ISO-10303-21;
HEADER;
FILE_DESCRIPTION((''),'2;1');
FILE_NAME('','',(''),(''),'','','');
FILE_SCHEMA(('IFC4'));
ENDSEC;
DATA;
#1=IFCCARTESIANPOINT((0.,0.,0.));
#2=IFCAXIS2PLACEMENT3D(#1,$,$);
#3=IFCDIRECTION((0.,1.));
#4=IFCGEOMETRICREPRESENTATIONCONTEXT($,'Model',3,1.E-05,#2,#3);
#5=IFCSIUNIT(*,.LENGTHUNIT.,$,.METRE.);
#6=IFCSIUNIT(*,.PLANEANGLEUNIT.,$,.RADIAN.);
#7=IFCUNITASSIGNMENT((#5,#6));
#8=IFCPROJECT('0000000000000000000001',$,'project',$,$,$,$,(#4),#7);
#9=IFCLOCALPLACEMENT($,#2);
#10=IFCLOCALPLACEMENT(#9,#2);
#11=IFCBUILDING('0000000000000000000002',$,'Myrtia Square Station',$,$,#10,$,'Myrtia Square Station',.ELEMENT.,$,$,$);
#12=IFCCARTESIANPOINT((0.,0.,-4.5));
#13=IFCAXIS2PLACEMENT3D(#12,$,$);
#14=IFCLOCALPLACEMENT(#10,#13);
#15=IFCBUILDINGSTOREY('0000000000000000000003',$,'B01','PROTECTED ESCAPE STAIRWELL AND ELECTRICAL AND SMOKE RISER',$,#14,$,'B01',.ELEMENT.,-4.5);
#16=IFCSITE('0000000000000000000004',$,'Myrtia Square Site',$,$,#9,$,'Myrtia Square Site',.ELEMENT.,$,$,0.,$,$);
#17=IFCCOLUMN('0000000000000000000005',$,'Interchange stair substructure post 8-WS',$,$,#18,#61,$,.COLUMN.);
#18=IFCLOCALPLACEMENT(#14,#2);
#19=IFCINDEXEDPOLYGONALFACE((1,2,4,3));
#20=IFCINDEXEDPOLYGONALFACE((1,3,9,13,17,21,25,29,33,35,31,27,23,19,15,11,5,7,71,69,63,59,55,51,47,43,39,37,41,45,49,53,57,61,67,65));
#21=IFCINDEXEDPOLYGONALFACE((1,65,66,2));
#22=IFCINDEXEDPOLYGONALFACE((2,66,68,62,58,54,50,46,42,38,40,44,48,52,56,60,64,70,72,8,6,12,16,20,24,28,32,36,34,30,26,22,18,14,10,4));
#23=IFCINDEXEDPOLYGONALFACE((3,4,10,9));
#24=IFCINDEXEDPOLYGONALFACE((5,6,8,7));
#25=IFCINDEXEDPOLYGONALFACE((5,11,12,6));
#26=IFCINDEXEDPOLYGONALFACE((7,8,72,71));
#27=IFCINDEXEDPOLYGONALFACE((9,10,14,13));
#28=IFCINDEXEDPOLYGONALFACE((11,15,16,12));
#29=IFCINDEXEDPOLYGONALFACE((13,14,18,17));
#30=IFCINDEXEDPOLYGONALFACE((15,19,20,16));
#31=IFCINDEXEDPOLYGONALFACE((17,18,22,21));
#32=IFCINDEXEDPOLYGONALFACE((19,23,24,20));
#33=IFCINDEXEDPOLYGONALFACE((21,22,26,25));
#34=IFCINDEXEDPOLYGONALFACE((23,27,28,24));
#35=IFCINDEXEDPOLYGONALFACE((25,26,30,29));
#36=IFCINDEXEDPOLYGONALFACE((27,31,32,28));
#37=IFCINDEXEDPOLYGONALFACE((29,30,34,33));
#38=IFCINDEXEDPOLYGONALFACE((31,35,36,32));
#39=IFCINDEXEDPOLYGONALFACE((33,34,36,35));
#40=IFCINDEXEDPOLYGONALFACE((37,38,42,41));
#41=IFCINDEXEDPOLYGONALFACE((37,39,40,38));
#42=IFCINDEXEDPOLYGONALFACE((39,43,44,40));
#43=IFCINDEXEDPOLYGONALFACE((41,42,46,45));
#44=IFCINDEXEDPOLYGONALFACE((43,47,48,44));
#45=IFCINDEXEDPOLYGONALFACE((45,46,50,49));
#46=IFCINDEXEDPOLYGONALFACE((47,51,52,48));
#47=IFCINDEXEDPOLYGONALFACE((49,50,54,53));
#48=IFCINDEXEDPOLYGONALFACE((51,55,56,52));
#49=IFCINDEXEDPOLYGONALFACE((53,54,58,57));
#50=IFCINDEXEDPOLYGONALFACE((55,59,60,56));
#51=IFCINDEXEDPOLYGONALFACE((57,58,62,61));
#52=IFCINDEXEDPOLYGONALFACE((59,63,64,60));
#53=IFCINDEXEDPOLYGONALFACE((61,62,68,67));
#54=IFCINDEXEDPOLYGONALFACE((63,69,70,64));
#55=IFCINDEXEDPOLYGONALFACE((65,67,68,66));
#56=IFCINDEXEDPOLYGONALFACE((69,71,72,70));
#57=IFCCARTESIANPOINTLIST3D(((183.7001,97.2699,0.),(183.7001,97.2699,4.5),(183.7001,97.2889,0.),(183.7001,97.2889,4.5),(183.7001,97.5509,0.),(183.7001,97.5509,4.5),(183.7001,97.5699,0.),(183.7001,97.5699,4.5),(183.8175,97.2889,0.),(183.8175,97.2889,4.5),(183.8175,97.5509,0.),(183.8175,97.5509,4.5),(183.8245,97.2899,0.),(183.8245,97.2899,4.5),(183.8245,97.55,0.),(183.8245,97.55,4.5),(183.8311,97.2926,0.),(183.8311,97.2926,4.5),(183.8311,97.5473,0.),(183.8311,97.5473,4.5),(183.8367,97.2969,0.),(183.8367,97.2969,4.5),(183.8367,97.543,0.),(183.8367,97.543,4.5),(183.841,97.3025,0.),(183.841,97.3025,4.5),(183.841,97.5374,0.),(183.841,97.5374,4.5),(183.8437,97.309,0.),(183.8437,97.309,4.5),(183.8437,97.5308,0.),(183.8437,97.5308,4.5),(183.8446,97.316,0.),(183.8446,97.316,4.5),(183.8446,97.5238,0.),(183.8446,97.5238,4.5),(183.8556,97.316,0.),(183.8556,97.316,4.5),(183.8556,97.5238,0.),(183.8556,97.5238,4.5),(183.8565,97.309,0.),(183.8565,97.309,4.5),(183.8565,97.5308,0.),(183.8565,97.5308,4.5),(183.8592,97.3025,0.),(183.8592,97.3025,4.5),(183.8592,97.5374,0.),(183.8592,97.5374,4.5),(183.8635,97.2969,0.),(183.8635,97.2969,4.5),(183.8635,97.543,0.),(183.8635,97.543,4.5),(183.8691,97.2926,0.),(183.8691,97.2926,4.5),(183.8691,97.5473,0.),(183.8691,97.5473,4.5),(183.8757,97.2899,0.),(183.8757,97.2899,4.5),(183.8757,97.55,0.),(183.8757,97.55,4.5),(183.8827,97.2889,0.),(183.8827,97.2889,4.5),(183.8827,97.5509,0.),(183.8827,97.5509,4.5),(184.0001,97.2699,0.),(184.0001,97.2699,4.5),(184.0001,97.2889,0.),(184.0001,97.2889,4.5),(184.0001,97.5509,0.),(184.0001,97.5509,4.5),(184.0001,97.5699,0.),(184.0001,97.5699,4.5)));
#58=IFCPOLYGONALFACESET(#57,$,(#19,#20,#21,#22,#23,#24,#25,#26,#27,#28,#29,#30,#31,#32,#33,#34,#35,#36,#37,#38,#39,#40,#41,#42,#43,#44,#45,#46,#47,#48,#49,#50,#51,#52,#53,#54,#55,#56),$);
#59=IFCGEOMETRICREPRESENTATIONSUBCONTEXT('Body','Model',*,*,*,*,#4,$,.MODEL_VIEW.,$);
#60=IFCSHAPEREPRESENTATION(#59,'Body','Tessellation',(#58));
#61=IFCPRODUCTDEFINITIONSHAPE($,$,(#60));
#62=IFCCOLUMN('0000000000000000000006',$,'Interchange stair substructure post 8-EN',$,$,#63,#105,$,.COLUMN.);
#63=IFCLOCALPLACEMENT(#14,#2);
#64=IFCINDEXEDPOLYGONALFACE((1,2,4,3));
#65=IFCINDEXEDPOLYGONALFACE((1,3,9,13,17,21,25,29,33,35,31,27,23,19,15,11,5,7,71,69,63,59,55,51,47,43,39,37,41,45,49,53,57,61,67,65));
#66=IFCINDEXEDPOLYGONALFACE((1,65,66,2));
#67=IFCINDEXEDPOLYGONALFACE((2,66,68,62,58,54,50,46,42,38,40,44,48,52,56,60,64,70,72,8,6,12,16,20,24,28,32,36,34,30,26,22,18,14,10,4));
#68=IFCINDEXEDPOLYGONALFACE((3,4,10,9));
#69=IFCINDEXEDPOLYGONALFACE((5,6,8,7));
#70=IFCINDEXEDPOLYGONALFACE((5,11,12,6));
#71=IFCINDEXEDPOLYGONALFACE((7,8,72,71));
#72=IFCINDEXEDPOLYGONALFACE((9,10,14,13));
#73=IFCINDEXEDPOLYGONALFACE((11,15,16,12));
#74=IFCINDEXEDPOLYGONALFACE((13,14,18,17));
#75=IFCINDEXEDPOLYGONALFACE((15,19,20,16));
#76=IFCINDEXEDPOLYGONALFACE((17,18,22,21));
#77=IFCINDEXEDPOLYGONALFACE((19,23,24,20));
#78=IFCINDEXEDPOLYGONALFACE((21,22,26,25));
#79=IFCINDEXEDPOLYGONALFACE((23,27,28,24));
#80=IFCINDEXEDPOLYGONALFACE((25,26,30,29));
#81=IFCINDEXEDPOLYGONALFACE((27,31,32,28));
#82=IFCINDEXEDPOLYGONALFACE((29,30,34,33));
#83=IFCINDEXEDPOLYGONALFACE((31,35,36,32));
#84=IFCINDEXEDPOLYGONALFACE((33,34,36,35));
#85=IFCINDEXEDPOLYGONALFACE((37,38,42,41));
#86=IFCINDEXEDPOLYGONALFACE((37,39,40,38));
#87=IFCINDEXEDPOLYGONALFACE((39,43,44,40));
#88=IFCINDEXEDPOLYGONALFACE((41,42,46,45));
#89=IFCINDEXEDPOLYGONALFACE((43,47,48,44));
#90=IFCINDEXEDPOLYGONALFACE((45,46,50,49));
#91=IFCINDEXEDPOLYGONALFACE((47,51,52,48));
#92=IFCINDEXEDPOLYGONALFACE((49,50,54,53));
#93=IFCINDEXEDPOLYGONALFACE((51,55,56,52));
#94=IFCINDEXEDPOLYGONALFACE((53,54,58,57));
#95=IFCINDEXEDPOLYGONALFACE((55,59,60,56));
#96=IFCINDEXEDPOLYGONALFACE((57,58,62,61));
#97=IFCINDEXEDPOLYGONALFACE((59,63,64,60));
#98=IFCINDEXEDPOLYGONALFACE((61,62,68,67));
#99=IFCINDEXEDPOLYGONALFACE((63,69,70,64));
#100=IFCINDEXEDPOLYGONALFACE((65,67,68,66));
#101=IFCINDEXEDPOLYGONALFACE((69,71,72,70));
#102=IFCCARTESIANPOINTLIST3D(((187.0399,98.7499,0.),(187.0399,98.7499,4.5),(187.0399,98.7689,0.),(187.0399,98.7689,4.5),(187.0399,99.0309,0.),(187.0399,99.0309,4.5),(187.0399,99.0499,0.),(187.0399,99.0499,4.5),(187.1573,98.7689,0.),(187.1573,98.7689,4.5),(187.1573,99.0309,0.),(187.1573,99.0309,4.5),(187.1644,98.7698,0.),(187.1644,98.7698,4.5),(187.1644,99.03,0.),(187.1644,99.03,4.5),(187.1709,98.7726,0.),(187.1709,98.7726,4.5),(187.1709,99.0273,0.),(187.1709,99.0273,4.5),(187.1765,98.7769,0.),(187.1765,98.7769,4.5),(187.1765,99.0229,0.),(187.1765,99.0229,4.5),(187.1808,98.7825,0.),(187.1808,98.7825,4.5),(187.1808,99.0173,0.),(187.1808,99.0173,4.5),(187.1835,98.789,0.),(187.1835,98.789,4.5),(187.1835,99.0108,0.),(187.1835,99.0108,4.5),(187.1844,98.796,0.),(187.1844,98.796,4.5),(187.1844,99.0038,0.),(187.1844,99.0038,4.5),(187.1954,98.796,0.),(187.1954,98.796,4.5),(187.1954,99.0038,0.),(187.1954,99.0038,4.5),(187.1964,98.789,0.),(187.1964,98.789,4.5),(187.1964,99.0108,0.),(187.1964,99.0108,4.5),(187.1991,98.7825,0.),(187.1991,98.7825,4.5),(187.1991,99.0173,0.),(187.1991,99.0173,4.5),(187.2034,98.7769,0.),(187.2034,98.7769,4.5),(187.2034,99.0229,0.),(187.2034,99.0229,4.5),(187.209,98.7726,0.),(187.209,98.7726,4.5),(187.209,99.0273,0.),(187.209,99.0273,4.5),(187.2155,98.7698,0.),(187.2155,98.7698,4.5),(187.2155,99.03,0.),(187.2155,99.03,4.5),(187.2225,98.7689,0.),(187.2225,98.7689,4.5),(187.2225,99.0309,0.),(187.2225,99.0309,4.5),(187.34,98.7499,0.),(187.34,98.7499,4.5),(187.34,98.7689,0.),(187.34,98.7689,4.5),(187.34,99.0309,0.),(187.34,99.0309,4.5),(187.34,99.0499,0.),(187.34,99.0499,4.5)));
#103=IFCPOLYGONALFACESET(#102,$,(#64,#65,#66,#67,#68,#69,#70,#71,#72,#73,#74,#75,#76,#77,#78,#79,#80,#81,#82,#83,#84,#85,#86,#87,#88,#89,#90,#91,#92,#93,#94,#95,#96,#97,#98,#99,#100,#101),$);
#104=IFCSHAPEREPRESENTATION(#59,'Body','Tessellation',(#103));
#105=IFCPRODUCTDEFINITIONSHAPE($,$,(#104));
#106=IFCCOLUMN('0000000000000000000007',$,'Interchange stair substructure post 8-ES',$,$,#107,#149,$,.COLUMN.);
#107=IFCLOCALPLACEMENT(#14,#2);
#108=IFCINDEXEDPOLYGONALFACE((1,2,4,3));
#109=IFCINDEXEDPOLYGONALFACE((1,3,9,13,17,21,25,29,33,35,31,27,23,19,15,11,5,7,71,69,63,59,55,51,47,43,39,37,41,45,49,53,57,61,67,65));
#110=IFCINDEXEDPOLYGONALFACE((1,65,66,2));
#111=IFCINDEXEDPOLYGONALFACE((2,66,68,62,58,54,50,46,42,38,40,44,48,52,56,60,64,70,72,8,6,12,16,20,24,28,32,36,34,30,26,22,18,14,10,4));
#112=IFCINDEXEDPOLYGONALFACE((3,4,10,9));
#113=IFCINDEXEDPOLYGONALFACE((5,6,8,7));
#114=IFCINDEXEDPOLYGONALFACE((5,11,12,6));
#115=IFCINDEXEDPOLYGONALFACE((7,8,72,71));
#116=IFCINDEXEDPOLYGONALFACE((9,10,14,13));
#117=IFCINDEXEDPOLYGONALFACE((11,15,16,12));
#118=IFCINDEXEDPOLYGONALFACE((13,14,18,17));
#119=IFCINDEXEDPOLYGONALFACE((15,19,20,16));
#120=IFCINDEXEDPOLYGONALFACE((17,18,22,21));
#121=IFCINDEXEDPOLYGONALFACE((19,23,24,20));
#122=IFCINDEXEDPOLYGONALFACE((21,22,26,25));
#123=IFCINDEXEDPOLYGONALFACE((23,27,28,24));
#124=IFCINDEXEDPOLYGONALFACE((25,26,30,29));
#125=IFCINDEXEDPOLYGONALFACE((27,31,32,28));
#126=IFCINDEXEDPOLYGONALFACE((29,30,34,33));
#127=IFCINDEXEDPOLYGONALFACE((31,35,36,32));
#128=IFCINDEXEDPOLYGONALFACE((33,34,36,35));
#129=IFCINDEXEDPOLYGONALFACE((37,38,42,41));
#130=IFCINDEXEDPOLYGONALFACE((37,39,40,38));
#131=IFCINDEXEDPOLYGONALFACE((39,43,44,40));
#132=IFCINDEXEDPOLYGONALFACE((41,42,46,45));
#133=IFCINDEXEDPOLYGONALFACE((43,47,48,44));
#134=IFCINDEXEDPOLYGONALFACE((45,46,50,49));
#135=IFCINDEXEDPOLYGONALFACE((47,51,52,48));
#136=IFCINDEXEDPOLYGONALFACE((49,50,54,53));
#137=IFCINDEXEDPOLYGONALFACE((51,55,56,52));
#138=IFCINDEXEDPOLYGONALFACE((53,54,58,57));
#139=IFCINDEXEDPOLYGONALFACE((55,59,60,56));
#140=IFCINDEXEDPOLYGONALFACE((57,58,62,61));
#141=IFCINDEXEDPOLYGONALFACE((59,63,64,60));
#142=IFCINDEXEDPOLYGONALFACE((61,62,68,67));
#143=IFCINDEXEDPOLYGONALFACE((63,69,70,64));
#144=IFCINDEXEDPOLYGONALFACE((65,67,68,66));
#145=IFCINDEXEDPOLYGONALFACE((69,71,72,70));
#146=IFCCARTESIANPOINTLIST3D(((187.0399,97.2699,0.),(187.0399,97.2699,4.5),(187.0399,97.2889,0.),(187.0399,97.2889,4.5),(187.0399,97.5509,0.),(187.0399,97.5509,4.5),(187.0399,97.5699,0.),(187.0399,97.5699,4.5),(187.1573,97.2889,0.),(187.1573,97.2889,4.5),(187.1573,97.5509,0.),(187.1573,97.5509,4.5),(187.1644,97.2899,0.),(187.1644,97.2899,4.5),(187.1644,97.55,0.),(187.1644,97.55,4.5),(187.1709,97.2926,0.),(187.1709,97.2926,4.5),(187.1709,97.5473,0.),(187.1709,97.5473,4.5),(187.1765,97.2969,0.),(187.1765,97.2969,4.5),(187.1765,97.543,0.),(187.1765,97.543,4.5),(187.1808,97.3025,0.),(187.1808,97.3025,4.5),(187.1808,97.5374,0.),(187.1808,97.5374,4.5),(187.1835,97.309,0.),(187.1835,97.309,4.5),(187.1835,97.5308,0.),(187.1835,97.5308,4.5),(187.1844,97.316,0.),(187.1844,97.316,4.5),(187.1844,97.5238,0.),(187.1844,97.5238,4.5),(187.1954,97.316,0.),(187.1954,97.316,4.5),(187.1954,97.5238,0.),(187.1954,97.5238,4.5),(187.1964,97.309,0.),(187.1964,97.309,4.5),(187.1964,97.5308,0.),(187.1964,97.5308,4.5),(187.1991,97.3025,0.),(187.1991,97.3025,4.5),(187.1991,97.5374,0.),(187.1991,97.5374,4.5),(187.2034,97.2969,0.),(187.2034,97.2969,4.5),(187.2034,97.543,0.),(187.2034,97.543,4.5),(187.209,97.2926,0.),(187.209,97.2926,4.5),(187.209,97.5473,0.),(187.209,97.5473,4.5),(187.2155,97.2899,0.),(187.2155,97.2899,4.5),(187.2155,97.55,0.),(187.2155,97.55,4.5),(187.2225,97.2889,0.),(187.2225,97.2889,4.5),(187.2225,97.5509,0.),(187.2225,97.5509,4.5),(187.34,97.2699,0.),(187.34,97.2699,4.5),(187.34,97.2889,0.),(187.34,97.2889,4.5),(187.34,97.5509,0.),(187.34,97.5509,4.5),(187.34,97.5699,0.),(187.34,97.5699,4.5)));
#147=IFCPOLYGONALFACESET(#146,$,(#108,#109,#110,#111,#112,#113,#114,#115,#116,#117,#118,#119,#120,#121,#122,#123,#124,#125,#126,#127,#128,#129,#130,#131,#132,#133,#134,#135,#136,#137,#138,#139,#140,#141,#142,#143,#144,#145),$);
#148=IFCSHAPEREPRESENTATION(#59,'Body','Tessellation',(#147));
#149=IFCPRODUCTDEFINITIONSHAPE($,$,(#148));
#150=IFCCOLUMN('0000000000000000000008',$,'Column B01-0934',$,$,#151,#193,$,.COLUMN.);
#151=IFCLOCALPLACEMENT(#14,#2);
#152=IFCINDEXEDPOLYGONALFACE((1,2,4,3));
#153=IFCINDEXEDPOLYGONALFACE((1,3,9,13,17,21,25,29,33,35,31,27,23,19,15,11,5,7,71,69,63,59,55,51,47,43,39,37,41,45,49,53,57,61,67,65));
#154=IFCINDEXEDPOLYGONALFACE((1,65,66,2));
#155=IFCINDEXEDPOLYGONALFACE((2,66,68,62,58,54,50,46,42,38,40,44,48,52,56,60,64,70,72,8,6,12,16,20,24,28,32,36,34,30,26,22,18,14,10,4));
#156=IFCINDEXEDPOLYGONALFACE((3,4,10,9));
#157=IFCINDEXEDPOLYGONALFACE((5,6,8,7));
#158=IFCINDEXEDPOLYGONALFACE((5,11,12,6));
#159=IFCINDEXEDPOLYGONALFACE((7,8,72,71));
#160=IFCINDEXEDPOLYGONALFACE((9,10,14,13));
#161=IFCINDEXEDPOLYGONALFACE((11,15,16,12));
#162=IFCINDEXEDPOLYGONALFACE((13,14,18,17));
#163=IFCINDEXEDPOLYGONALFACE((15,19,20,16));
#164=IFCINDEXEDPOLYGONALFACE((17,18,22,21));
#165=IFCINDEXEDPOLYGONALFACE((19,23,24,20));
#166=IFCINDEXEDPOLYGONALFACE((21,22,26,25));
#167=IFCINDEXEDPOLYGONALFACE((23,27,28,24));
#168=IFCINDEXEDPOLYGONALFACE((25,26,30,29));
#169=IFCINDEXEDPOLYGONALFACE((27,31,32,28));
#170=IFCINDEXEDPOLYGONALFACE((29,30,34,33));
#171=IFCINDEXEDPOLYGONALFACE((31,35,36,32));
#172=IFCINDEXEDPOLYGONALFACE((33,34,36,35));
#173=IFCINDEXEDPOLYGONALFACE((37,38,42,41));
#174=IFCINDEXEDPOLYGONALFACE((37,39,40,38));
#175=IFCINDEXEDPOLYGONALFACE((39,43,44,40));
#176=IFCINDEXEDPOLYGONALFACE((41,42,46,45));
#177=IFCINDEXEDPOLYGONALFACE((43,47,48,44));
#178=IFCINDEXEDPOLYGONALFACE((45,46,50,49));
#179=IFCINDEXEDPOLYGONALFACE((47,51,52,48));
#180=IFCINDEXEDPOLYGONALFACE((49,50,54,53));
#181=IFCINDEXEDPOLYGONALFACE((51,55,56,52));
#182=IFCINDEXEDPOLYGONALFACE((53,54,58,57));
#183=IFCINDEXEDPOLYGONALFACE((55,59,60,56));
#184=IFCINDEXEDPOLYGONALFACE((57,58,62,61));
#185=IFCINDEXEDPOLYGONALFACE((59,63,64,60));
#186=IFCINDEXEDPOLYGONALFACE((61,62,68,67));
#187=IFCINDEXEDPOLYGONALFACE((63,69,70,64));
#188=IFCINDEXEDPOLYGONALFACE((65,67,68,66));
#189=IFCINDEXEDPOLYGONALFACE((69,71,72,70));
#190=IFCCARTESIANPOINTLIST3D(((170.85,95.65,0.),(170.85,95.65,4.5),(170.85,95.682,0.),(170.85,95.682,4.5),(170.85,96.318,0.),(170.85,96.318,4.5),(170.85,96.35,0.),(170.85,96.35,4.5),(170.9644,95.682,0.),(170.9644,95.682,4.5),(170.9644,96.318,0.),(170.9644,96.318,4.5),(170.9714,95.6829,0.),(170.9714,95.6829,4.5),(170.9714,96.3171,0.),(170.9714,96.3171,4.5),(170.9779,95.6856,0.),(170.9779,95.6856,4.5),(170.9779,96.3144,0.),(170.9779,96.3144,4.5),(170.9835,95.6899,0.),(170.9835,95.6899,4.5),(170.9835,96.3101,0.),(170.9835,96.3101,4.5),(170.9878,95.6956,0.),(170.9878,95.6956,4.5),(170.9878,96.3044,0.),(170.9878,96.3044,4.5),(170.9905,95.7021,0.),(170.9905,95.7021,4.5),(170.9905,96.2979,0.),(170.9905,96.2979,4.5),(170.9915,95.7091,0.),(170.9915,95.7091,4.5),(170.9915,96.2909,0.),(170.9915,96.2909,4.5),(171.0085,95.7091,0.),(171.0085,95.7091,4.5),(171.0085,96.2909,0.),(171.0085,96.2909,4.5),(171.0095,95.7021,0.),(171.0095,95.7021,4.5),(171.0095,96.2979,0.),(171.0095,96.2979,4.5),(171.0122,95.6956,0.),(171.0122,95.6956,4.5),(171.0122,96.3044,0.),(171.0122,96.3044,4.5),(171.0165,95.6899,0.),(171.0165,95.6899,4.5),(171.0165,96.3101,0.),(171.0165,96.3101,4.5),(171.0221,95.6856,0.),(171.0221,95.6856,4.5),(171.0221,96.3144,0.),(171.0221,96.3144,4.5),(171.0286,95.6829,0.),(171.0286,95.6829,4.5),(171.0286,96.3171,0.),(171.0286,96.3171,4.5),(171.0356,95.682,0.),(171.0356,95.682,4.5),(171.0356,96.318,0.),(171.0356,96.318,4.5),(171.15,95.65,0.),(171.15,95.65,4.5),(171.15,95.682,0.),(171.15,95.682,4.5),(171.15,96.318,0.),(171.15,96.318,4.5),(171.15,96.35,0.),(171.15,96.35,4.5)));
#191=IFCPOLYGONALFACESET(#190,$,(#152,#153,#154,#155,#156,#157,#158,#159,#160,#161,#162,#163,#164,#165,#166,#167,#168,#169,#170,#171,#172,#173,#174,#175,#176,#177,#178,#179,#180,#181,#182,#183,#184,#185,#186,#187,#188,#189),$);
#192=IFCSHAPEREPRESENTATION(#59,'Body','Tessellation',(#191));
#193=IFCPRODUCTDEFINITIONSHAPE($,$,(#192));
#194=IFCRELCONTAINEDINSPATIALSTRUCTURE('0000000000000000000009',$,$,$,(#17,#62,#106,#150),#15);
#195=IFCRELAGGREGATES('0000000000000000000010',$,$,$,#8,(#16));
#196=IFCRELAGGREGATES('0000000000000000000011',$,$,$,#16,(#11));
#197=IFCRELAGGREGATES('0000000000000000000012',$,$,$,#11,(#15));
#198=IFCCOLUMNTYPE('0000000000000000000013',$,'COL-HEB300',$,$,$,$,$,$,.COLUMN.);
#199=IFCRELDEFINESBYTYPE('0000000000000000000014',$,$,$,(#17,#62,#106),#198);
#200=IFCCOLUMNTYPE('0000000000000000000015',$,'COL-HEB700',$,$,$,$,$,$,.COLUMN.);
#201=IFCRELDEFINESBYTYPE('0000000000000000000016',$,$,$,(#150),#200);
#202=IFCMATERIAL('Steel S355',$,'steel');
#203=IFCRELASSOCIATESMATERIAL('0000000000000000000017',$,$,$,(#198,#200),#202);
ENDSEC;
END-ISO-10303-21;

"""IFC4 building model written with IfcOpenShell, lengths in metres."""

from ifc_helpers import new_model, si_unit, direction, frame, origin, origin_2d, place, context, subcontext, project, spatial, i_section, extrude, material, material_profile, profile_set, type_object, element, save


model = new_model("IFC4")

# Units and contexts
model_context = context("Model", 3, precision=1e-05, world=origin(), true_north=direction((0.0, 1.0)))
body_context = subcontext(model_context, "Body", "Model", "MODEL_VIEW")
ifc_project = project(units=[si_unit("LENGTHUNIT", "METRE"), si_unit("PLANEANGLEUNIT", "RADIAN")], contexts=[model_context])

# Site, building, storey
site_placement = place(None, origin())
site = spatial("IfcSite", under=ifc_project, at=site_placement, Name="Myrtia Square Site", LongName="Myrtia Square Site", CompositionType="ELEMENT", RefElevation=0.0)
building_placement = place(site_placement, origin())
building = spatial("IfcBuilding", under=site, at=building_placement, Name="Myrtia Square Station", LongName="Myrtia Square Station", CompositionType="ELEMENT")
storey_placement = place(building_placement, frame((0.0, 0.0, -4.5)))
storey = spatial("IfcBuildingStorey", under=building, at=storey_placement, Name="B01", Description="PROTECTED ESCAPE STAIRWELL AND ELECTRICAL AND SMOKE RISER", LongName="B01", CompositionType="ELEMENT", Elevation=-4.5)

# Columns
ifc_material_1 = material(Name="Steel S355", Category="steel")
ifc_material_profile_1 = material_profile(ifc_material_1, i_section(OverallWidth=0.3, OverallDepth=0.3, WebThickness=0.011, FlangeThickness=0.019, FilletRadius=0.0271, at=origin_2d()), Name="HEB 300")
ifc_profile_set_1 = profile_set([ifc_material_profile_1], Name="Steel S355")
column_type_1 = type_object("IfcColumnType", Name="COL-HEB300", PredefinedType="COLUMN", material=ifc_profile_set_1)
for number, where, z_axis, x_axis, name in (
    (1, (183.8501, 97.4199, 0.0), (0.0, 0.0, 1.0), (1.0, 0.0, 0.0), "Interchange stair substructure post 8-WS"),
    (2, (187.1899, 98.8999, 0.0), (0.0, 0.0, 1.0), (1.0, 0.0, 0.0), "Interchange stair substructure post 8-EN"),
    (3, (187.1899, 97.4199, 0.0), (0.0, 0.0, 1.0), (1.0, 0.0, 0.0), "Interchange stair substructure post 8-ES"),
):
    element("IfcColumn", number, at=place(storey_placement, frame(where, z_axis=z_axis, x_axis=x_axis)), inside=storey, type_object=column_type_1, Name=name, PredefinedType="COLUMN", context=body_context, shape_type="SweptSolid", body=[
        extrude(i_section(OverallWidth=0.3, OverallDepth=0.3, WebThickness=0.011, FlangeThickness=0.019, FilletRadius=0.0271, at=origin_2d()), origin(), (0.0, 0.0, 1.0), 4.5),
    ])
ifc_material_profile_2 = material_profile(ifc_material_1, i_section(OverallWidth=0.3, OverallDepth=0.7, WebThickness=0.0171, FlangeThickness=0.032, FilletRadius=0.0271, at=origin_2d()), Name="HEB 700")
ifc_profile_set_2 = profile_set([ifc_material_profile_2], Name="Steel S355")
column_type_2 = type_object("IfcColumnType", Name="COL-HEB700", PredefinedType="COLUMN", material=ifc_profile_set_2)
for number, where, z_axis, x_axis, name in (
    (4, (171.0, 96.0, 0.0), (0.0, 0.0, 1.0), (1.0, 0.0, 0.0), "Column B01-0934"),
):
    element("IfcColumn", number, at=place(storey_placement, frame(where, z_axis=z_axis, x_axis=x_axis)), inside=storey, type_object=column_type_2, Name=name, PredefinedType="COLUMN", context=body_context, shape_type="SweptSolid", body=[
        extrude(i_section(OverallWidth=0.3, OverallDepth=0.7, WebThickness=0.0171, FlangeThickness=0.032, FilletRadius=0.0271, at=origin_2d()), origin(), (0.0, 0.0, 1.0), 4.5),
    ])

save(model, "model.ifc")
